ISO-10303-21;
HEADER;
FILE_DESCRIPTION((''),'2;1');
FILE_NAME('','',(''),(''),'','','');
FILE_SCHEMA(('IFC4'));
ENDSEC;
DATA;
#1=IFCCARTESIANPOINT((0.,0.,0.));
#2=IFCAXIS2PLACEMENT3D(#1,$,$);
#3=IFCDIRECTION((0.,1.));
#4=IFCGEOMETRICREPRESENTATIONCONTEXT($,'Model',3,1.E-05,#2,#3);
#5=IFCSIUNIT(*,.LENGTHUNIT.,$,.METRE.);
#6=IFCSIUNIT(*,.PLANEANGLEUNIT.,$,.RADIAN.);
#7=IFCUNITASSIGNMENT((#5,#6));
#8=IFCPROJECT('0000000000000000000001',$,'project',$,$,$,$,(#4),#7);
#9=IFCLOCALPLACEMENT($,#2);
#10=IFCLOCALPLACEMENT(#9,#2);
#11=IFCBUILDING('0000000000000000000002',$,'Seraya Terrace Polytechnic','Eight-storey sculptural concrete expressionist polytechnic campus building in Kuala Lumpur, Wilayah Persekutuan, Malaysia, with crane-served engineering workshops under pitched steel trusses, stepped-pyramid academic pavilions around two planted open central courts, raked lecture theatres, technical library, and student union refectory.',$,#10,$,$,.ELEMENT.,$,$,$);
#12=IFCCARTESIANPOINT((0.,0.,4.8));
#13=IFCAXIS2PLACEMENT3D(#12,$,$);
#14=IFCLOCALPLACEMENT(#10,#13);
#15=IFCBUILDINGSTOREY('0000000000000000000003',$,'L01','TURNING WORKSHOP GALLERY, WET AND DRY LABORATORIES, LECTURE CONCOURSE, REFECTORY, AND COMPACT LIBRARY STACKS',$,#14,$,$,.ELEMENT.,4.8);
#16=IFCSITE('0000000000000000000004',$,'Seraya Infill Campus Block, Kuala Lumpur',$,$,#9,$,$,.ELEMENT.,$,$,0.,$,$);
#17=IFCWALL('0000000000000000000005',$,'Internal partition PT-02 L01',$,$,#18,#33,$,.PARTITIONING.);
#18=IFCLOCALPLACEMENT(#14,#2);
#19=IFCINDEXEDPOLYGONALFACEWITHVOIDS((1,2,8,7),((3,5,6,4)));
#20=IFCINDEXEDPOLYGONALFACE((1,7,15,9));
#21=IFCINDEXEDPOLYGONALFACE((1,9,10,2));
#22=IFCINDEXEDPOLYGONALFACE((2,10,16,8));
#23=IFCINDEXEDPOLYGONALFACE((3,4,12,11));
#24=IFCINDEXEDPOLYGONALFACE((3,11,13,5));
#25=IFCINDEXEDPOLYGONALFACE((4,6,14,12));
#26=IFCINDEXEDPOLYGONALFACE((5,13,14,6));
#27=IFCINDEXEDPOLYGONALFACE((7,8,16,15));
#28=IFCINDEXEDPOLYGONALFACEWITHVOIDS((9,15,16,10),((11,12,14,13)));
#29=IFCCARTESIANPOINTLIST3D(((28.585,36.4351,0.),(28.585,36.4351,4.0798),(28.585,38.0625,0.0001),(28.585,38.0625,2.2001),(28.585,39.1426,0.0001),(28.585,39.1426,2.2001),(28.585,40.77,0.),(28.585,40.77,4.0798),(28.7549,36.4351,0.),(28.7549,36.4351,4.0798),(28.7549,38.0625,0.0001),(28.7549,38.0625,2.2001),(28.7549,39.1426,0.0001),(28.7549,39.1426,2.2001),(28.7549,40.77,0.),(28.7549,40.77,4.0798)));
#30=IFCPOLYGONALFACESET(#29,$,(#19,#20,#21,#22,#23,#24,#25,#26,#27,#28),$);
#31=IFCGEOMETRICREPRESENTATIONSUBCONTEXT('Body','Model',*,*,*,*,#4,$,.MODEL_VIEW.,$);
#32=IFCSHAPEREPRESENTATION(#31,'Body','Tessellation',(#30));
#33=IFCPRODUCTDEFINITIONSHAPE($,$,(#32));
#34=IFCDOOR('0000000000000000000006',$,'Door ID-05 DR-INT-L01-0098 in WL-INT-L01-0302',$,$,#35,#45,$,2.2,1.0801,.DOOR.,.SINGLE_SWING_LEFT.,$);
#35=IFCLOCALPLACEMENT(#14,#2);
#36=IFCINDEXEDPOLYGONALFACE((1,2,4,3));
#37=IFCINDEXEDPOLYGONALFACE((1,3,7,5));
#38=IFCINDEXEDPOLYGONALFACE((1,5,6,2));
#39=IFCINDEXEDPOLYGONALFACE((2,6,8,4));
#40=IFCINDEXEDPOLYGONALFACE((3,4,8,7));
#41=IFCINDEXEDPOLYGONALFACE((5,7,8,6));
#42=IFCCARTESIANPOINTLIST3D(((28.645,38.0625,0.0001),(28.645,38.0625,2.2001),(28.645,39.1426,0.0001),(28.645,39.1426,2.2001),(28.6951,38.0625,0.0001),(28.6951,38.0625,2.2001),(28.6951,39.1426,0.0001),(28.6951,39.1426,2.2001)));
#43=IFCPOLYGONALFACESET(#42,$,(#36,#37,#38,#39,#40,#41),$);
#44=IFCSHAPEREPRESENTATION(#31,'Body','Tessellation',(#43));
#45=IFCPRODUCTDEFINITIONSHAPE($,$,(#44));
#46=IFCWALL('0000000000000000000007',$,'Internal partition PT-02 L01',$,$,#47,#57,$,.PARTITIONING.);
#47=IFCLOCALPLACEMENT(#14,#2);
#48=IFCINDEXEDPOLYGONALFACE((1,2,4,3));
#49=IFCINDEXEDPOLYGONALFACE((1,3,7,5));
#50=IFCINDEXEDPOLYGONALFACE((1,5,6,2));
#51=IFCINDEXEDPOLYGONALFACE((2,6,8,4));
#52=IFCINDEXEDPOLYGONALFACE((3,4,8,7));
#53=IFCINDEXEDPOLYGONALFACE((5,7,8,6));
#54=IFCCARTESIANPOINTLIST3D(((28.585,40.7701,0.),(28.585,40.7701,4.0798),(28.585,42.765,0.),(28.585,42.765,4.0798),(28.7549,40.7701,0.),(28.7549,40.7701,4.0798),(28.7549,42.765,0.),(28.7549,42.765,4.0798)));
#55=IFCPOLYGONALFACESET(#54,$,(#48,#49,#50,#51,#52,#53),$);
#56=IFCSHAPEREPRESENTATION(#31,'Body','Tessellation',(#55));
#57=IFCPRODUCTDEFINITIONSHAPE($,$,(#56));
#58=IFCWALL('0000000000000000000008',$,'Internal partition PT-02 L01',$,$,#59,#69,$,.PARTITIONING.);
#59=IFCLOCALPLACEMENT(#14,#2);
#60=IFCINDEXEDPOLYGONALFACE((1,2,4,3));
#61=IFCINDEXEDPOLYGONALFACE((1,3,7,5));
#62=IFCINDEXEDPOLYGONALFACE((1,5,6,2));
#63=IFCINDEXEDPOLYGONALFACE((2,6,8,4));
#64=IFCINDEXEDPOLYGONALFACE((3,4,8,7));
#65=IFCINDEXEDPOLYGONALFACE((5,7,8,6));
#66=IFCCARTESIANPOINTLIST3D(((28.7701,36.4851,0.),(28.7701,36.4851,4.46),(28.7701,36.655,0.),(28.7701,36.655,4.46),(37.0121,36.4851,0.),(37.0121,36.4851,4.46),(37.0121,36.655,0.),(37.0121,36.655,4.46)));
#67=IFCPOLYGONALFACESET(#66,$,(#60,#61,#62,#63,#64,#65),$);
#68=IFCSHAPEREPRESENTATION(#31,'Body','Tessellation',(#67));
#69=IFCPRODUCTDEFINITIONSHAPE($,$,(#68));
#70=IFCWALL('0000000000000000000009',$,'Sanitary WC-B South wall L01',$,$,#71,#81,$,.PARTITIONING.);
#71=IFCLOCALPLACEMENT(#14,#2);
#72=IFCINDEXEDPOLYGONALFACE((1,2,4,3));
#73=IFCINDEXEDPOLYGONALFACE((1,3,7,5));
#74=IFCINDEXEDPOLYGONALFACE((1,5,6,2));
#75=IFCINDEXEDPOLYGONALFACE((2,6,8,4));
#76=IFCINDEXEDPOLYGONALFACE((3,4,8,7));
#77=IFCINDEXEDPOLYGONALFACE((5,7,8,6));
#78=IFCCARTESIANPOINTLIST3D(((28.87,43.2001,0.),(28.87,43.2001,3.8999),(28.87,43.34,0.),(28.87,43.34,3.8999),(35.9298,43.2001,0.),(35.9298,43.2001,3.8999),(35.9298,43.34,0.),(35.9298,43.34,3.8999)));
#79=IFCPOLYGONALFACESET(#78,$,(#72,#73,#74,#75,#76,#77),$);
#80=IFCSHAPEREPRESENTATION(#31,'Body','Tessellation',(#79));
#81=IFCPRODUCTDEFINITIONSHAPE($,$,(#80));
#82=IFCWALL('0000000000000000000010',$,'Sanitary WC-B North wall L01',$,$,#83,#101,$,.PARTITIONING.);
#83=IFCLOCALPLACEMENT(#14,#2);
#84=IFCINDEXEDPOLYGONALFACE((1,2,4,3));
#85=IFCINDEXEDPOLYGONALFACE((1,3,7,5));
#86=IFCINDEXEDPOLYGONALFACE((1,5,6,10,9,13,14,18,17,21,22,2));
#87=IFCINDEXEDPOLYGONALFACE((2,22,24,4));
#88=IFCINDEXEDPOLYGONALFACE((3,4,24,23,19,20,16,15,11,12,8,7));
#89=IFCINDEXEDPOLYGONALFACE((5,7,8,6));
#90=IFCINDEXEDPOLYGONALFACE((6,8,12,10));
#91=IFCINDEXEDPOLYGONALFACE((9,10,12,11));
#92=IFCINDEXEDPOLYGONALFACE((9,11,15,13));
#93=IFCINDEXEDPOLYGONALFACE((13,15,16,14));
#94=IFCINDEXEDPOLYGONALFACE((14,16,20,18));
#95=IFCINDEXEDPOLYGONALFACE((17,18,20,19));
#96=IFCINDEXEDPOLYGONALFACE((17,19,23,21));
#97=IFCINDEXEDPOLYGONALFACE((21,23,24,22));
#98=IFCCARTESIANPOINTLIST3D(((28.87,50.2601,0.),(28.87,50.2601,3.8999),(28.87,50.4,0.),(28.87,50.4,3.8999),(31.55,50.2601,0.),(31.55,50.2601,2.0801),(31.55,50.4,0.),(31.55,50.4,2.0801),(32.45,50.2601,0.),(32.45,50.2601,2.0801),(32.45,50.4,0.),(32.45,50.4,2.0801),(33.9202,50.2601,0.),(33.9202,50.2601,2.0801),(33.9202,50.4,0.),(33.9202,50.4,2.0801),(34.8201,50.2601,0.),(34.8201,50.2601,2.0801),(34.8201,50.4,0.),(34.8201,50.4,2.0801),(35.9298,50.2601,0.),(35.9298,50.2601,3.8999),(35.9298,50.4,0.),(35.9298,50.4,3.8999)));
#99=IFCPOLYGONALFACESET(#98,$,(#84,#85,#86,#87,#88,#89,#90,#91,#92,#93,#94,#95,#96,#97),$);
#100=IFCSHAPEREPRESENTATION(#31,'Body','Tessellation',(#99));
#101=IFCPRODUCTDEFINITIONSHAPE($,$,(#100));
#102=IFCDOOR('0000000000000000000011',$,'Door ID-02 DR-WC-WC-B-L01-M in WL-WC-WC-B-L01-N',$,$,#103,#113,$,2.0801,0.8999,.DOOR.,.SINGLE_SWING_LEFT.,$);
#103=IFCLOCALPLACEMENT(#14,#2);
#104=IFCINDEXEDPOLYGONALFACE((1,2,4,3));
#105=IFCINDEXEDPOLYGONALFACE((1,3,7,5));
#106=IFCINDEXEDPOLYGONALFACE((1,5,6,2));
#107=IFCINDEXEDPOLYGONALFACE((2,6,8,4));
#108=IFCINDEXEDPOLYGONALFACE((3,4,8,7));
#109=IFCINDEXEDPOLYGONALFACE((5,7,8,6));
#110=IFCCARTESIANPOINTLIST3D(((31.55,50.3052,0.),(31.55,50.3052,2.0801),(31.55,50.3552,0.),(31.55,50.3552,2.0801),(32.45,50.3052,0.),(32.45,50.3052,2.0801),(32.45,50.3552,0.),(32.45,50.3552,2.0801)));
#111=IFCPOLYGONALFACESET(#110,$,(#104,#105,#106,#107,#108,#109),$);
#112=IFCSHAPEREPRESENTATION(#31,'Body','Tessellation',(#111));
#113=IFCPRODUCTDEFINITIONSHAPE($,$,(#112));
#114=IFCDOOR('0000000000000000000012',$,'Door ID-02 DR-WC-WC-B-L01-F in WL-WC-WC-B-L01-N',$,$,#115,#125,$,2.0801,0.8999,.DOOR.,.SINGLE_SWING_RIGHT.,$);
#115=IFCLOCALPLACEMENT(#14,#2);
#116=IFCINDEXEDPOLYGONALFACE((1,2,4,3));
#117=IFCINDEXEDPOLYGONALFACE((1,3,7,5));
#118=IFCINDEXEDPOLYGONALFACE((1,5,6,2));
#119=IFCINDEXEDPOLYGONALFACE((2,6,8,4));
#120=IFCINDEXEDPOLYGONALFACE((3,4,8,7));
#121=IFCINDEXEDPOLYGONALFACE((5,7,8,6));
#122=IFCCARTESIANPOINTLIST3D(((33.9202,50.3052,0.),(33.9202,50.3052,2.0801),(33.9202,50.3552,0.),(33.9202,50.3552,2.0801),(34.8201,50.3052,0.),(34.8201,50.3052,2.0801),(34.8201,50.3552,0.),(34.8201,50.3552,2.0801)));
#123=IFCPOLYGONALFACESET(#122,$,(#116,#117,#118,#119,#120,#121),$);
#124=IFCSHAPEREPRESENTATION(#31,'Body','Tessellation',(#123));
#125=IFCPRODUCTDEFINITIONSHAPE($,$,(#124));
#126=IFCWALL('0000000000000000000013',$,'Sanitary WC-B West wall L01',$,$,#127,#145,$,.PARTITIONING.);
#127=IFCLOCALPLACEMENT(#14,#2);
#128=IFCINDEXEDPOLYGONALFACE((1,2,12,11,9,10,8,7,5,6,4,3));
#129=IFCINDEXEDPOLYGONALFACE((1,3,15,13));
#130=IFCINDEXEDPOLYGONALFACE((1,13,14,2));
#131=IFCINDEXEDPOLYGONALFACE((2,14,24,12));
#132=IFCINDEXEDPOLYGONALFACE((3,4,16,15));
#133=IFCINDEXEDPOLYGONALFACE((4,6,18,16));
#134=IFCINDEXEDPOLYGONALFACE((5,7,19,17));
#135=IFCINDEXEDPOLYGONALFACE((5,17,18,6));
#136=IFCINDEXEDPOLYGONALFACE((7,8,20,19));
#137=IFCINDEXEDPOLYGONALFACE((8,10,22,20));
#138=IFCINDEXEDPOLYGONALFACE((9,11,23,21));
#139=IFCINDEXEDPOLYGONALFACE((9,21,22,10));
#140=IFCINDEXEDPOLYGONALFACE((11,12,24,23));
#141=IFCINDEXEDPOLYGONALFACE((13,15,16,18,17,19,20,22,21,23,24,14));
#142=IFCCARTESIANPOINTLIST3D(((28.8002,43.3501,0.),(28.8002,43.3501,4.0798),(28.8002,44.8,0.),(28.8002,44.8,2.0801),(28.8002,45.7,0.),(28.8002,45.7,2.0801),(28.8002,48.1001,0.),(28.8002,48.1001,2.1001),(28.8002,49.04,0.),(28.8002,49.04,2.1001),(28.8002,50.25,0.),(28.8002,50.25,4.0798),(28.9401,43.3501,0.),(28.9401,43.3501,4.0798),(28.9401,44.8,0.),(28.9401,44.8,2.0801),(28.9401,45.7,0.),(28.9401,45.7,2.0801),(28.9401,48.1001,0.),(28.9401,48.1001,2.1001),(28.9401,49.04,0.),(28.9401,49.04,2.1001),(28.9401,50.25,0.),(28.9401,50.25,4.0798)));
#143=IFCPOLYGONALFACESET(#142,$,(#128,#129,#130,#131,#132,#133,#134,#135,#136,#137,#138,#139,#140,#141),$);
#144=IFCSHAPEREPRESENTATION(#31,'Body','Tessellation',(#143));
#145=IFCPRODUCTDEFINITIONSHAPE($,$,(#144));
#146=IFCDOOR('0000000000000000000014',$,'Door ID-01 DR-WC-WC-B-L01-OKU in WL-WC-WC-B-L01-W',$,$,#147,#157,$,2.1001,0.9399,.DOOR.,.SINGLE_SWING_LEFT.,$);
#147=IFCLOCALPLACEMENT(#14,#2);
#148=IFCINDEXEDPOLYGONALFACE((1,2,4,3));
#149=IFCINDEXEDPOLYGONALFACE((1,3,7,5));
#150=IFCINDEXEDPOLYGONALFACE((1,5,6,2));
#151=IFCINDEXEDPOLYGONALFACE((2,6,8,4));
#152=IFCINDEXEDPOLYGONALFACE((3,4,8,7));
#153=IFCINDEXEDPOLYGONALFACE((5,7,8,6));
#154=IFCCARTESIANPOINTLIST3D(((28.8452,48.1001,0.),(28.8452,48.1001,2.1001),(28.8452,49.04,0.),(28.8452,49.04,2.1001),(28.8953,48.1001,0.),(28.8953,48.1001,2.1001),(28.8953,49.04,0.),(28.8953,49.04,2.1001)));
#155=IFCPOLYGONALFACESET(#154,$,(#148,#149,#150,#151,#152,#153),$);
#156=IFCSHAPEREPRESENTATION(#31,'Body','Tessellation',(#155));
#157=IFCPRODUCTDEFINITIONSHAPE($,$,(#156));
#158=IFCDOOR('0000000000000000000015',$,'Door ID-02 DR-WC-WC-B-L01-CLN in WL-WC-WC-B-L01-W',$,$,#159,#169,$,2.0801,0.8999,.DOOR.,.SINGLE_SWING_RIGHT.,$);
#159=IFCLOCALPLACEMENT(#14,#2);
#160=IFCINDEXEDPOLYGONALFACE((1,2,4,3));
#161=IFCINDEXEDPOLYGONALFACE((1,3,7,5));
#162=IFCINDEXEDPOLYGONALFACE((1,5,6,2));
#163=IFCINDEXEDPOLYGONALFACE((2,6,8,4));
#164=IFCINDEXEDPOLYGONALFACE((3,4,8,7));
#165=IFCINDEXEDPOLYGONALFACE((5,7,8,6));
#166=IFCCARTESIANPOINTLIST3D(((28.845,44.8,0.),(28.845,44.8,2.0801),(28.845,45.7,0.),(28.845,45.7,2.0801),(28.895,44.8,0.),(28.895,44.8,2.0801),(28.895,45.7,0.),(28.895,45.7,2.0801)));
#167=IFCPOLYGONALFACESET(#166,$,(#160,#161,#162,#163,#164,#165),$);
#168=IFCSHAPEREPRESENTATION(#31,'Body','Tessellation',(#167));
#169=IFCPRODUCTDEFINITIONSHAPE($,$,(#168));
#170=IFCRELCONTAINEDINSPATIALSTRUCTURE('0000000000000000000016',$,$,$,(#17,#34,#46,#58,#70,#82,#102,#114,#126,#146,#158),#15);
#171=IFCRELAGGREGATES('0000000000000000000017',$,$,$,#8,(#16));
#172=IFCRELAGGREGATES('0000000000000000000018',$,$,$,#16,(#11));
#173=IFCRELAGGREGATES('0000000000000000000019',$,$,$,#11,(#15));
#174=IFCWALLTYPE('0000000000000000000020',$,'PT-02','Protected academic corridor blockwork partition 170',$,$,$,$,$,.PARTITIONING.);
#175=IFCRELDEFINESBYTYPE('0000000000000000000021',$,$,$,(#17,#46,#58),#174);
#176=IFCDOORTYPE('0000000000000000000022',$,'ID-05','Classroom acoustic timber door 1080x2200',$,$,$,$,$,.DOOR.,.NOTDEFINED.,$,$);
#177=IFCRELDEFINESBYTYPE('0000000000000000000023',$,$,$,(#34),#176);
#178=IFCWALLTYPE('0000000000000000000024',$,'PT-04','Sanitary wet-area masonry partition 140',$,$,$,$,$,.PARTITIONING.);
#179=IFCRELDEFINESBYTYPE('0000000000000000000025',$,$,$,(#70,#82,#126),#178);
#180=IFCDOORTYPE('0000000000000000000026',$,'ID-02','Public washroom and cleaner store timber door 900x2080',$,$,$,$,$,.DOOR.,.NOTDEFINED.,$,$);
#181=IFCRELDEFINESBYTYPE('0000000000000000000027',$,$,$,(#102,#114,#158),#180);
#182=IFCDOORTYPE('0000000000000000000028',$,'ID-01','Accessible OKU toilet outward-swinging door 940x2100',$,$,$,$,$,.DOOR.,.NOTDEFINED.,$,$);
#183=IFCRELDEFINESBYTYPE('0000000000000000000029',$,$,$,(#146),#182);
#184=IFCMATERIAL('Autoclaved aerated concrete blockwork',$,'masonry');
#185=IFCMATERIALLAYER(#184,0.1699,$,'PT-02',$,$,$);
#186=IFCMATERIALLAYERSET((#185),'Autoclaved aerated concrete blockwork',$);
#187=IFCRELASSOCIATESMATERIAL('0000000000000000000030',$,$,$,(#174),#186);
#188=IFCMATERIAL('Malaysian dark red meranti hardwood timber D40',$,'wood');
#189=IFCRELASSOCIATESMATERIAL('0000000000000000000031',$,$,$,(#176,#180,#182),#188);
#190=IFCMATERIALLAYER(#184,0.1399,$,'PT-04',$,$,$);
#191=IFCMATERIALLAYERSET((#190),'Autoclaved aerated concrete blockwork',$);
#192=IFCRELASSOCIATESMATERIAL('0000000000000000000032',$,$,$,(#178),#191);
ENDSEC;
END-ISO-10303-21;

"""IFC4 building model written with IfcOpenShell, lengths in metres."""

from ifc_helpers import new_model, si_unit, direction, frame, frame_2d, origin, place, context, subcontext, project, spatial, rectangle, extrude, material, layer, layer_set, type_object, element, fill, save


model = new_model("IFC4")

# Units and contexts
model_context = context("Model", 3, precision=1e-05, world=origin(), true_north=direction((0.0, 1.0)))
body_context = subcontext(model_context, "Body", "Model", "MODEL_VIEW")
ifc_project = project(units=[si_unit("LENGTHUNIT", "METRE"), si_unit("PLANEANGLEUNIT", "RADIAN")], contexts=[model_context])

# Site, building, storey
site_placement = place(None, origin())
site = spatial("IfcSite", under=ifc_project, at=site_placement, Name="Seraya Infill Campus Block, Kuala Lumpur", CompositionType="ELEMENT", RefElevation=0.0)
building_placement = place(site_placement, origin())
building = spatial("IfcBuilding", under=site, at=building_placement, Name="Seraya Terrace Polytechnic", Description="Eight-storey sculptural concrete expressionist polytechnic campus building in Kuala Lumpur, Wilayah Persekutuan, Malaysia, with crane-served engineering workshops under pitched steel trusses, stepped-pyramid academic pavilions around two planted open central courts, raked lecture theatres, technical library, and student union refectory.", CompositionType="ELEMENT")
storey_placement = place(building_placement, frame((0.0, 0.0, 4.8)))
storey = spatial("IfcBuildingStorey", under=building, at=storey_placement, Name="L01", Description="TURNING WORKSHOP GALLERY, WET AND DRY LABORATORIES, LECTURE CONCOURSE, REFECTORY, AND COMPACT LIBRARY STACKS", CompositionType="ELEMENT", Elevation=4.8)

# Shared definitions
ifc_material_1 = material(Name="Autoclaved aerated concrete blockwork", Category="masonry")
ifc_layer_1 = layer(ifc_material_1, 0.1699, Name="PT-02")
ifc_layer_set_1 = layer_set([ifc_layer_1], Name="Autoclaved aerated concrete blockwork")
wall_type_1 = type_object("IfcWallType", Name="PT-02", Description="Protected academic corridor blockwork partition 170", PredefinedType="PARTITIONING", material=ifc_layer_set_1)
ifc_material_2 = material(Name="Malaysian dark red meranti hardwood timber D40", Category="wood")

# Wall, opening, door
wall_1_placement = place(storey_placement, frame((28.6699, 36.4351, 0.0), z_axis=(0.0, 0.0, 1.0), x_axis=(0.0, 1.0, 0.0)))
wall_1 = element("IfcWall", 1, at=wall_1_placement, inside=storey, type_object=wall_type_1, Name="Internal partition PT-02 L01", PredefinedType="PARTITIONING", context=body_context, shape_type="SweptSolid", body=[
    extrude(rectangle(XDim=4.335, YDim=0.1699, at=frame_2d((2.1675, 0.0))), origin(), (0.0, 0.0, 1.0), 4.0798),
])
opening_1_placement = place(wall_1_placement, frame((1.6274, 0.0, 0.0)))
opening_1 = element("IfcOpeningElement", 2, at=opening_1_placement, cuts=wall_1, PredefinedType="OPENING", context=body_context, shape_type="SweptSolid", body=[
    extrude(rectangle(XDim=1.0801, YDim=2.2, at=frame_2d((0.54, 1.1001))), frame((0.0, 0.0969, 0.0), z_axis=(0.0, -1.0, 0.0), x_axis=(1.0, 0.0, 0.0)), (0.0, 0.0, 1.0), 0.1938),
])
door_type_1 = type_object("IfcDoorType", Name="ID-05", Description="Classroom acoustic timber door 1080x2200", OperationType="NOTDEFINED", PredefinedType="DOOR", material=ifc_material_2)
door_1_placement = place(opening_1_placement, origin())
door_1 = element("IfcDoor", 3, at=door_1_placement, inside=storey, type_object=door_type_1, Name="Door ID-05 DR-INT-L01-0098 in WL-INT-L01-0302", OperationType="SINGLE_SWING_LEFT", OverallHeight=2.2, OverallWidth=1.0801, PredefinedType="DOOR", context=body_context, shape_type="SweptSolid", body=[
    extrude(rectangle(XDim=1.0801, YDim=2.2, at=frame_2d((0.54, 1.1001))), frame((0.0, 0.0249, 0.0), z_axis=(0.0, -1.0, 0.0), x_axis=(1.0, 0.0, 0.0)), (0.0, 0.0, 1.0), 0.05),
])
fill(opening_1, door_1)

# Walls
wall_2_placement = place(storey_placement, frame((28.6699, 40.77, 0.0), z_axis=(0.0, 0.0, 1.0), x_axis=(0.0, 1.0, 0.0)))
element("IfcWall", 4, at=wall_2_placement, inside=storey, type_object=wall_type_1, Name="Internal partition PT-02 L01", PredefinedType="PARTITIONING", context=body_context, shape_type="SweptSolid", body=[
    extrude(rectangle(XDim=1.9949, YDim=0.1699, at=frame_2d((0.9976, 0.0))), origin(), (0.0, 0.0, 1.0), 4.0798),
])
wall_3_placement = place(storey_placement, frame((28.77, 36.5701, 0.0), z_axis=(0.0, 0.0, 1.0), x_axis=(1.0, 0.0, 0.0)))
element("IfcWall", 5, at=wall_3_placement, inside=storey, type_object=wall_type_1, Name="Internal partition PT-02 L01", PredefinedType="PARTITIONING", context=body_context, shape_type="SweptSolid", body=[
    extrude(rectangle(XDim=8.2419, YDim=0.1699, at=frame_2d((4.1211, 0.0))), origin(), (0.0, 0.0, 1.0), 4.46),
])
ifc_layer_2 = layer(ifc_material_1, 0.1399, Name="PT-04")
ifc_layer_set_2 = layer_set([ifc_layer_2], Name="Autoclaved aerated concrete blockwork")
wall_type_2 = type_object("IfcWallType", Name="PT-04", Description="Sanitary wet-area masonry partition 140", PredefinedType="PARTITIONING", material=ifc_layer_set_2)
wall_4_placement = place(storey_placement, frame((28.8701, 43.27, 0.0), z_axis=(0.0, 0.0, 1.0), x_axis=(1.0, 0.0, 0.0)))
element("IfcWall", 6, at=wall_4_placement, inside=storey, type_object=wall_type_2, Name="Sanitary WC-B South wall L01", PredefinedType="PARTITIONING", context=body_context, shape_type="SweptSolid", body=[
    extrude(rectangle(XDim=7.0598, YDim=0.1399, at=frame_2d((3.5298, 0.0))), origin(), (0.0, 0.0, 1.0), 3.8999),
])

# Walls, openings, doors
wall_5_placement = place(storey_placement, frame((28.8701, 50.3301, 0.0), z_axis=(0.0, 0.0, 1.0), x_axis=(1.0, 0.0, 0.0)))
wall_5 = element("IfcWall", 7, at=wall_5_placement, inside=storey, type_object=wall_type_2, Name="Sanitary WC-B North wall L01", PredefinedType="PARTITIONING", context=body_context, shape_type="SweptSolid", body=[
    extrude(rectangle(XDim=7.0598, YDim=0.1399, at=frame_2d((3.5298, 0.0))), origin(), (0.0, 0.0, 1.0), 3.8999),
])
opening_2_placement = place(wall_5_placement, frame((2.6799, 0.0, 0.0)))
opening_2 = element("IfcOpeningElement", 8, at=opening_2_placement, cuts=wall_5, PredefinedType="OPENING", context=body_context, shape_type="SweptSolid", body=[
    extrude(rectangle(XDim=0.8999, YDim=2.0801, at=frame_2d((0.45, 1.04))), frame((0.0, 0.082, 0.0), z_axis=(0.0, -1.0, 0.0), x_axis=(1.0, 0.0, 0.0)), (0.0, 0.0, 1.0), 0.1638),
])
opening_3_placement = place(wall_5_placement, frame((5.05, 0.0, 0.0)))
opening_3 = element("IfcOpeningElement", 9, at=opening_3_placement, cuts=wall_5, PredefinedType="OPENING", context=body_context, shape_type="SweptSolid", body=[
    extrude(rectangle(XDim=0.8999, YDim=2.0801, at=frame_2d((0.45, 1.04))), frame((0.0, 0.082, 0.0), z_axis=(0.0, -1.0, 0.0), x_axis=(1.0, 0.0, 0.0)), (0.0, 0.0, 1.0), 0.1638),
])
door_type_2 = type_object("IfcDoorType", Name="ID-02", Description="Public washroom and cleaner store timber door 900x2080", OperationType="NOTDEFINED", PredefinedType="DOOR", material=ifc_material_2)
door_2_placement = place(opening_2_placement, frame((0.8999, 0.0, 0.0), z_axis=(0.0, 0.0, 1.0), x_axis=(-1.0, 0.0, 0.0)))
door_2 = element("IfcDoor", 10, at=door_2_placement, inside=storey, type_object=door_type_2, Name="Door ID-02 DR-WC-WC-B-L01-M in WL-WC-WC-B-L01-N", OperationType="SINGLE_SWING_LEFT", OverallHeight=2.0801, OverallWidth=0.8999, PredefinedType="DOOR", context=body_context, shape_type="SweptSolid", body=[
    extrude(rectangle(XDim=0.8999, YDim=2.0801, at=frame_2d((0.45, 1.04))), frame((0.0, 0.0249, 0.0), z_axis=(0.0, -1.0, 0.0), x_axis=(1.0, 0.0, 0.0)), (0.0, 0.0, 1.0), 0.05),
])
fill(opening_2, door_2)
door_3_placement = place(opening_3_placement, frame((0.8999, 0.0, 0.0), z_axis=(0.0, 0.0, 1.0), x_axis=(-1.0, 0.0, 0.0)))
door_3 = element("IfcDoor", 11, at=door_3_placement, inside=storey, type_object=door_type_2, Name="Door ID-02 DR-WC-WC-B-L01-F in WL-WC-WC-B-L01-N", OperationType="SINGLE_SWING_RIGHT", OverallHeight=2.0801, OverallWidth=0.8999, PredefinedType="DOOR", context=body_context, shape_type="SweptSolid", body=[
    extrude(rectangle(XDim=0.8999, YDim=2.0801, at=frame_2d((0.45, 1.04))), frame((0.0, 0.0249, 0.0), z_axis=(0.0, -1.0, 0.0), x_axis=(1.0, 0.0, 0.0)), (0.0, 0.0, 1.0), 0.05),
])
fill(opening_3, door_3)
wall_6_placement = place(storey_placement, frame((28.8701, 43.3501, 0.0), z_axis=(0.0, 0.0, 1.0), x_axis=(0.0, 1.0, 0.0)))
wall_6 = element("IfcWall", 12, at=wall_6_placement, inside=storey, type_object=wall_type_2, Name="Sanitary WC-B West wall L01", PredefinedType="PARTITIONING", context=body_context, shape_type="SweptSolid", body=[
    extrude(rectangle(XDim=6.8999, YDim=0.1399, at=frame_2d((3.45, 0.0))), origin(), (0.0, 0.0, 1.0), 4.0798),
])
opening_4_placement = place(wall_6_placement, frame((1.45, 0.0, 0.0)))
opening_4 = element("IfcOpeningElement", 13, at=opening_4_placement, cuts=wall_6, PredefinedType="OPENING", context=body_context, shape_type="SweptSolid", body=[
    extrude(rectangle(XDim=0.8999, YDim=2.0801, at=frame_2d((0.45, 1.04))), frame((0.0, 0.082, 0.0), z_axis=(0.0, -1.0, 0.0), x_axis=(1.0, 0.0, 0.0)), (0.0, 0.0, 1.0), 0.1638),
])
opening_5_placement = place(wall_6_placement, frame((4.75, 0.0, 0.0)))
opening_5 = element("IfcOpeningElement", 14, at=opening_5_placement, cuts=wall_6, PredefinedType="OPENING", context=body_context, shape_type="SweptSolid", body=[
    extrude(rectangle(XDim=0.9399, YDim=2.1001, at=frame_2d((0.47, 1.05))), frame((0.0, 0.082, 0.0), z_axis=(0.0, -1.0, 0.0), x_axis=(1.0, 0.0, 0.0)), (0.0, 0.0, 1.0), 0.1638),
])
door_type_3 = type_object("IfcDoorType", Name="ID-01", Description="Accessible OKU toilet outward-swinging door 940x2100", OperationType="NOTDEFINED", PredefinedType="DOOR", material=ifc_material_2)
door_4_placement = place(opening_5_placement, origin())
door_4 = element("IfcDoor", 15, at=door_4_placement, inside=storey, type_object=door_type_3, Name="Door ID-01 DR-WC-WC-B-L01-OKU in WL-WC-WC-B-L01-W", OperationType="SINGLE_SWING_LEFT", OverallHeight=2.1001, OverallWidth=0.9399, PredefinedType="DOOR", context=body_context, shape_type="SweptSolid", body=[
    extrude(rectangle(XDim=0.9399, YDim=2.1001, at=frame_2d((0.47, 1.05))), frame((0.0, 0.0249, 0.0), z_axis=(0.0, -1.0, 0.0), x_axis=(1.0, 0.0, 0.0)), (0.0, 0.0, 1.0), 0.05),
])
fill(opening_5, door_4)
door_5_placement = place(opening_4_placement, frame((0.8999, 0.0, 0.0), z_axis=(0.0, 0.0, 1.0), x_axis=(-1.0, 0.0, 0.0)))
door_5 = element("IfcDoor", 16, at=door_5_placement, inside=storey, type_object=door_type_2, Name="Door ID-02 DR-WC-WC-B-L01-CLN in WL-WC-WC-B-L01-W", OperationType="SINGLE_SWING_RIGHT", OverallHeight=2.0801, OverallWidth=0.8999, PredefinedType="DOOR", context=body_context, shape_type="SweptSolid", body=[
    extrude(rectangle(XDim=0.8999, YDim=2.0801, at=frame_2d((0.45, 1.04))), frame((0.0, 0.0249, 0.0), z_axis=(0.0, -1.0, 0.0), x_axis=(1.0, 0.0, 0.0)), (0.0, 0.0, 1.0), 0.05),
])
fill(opening_4, door_5)

save(model, "model.ifc")
